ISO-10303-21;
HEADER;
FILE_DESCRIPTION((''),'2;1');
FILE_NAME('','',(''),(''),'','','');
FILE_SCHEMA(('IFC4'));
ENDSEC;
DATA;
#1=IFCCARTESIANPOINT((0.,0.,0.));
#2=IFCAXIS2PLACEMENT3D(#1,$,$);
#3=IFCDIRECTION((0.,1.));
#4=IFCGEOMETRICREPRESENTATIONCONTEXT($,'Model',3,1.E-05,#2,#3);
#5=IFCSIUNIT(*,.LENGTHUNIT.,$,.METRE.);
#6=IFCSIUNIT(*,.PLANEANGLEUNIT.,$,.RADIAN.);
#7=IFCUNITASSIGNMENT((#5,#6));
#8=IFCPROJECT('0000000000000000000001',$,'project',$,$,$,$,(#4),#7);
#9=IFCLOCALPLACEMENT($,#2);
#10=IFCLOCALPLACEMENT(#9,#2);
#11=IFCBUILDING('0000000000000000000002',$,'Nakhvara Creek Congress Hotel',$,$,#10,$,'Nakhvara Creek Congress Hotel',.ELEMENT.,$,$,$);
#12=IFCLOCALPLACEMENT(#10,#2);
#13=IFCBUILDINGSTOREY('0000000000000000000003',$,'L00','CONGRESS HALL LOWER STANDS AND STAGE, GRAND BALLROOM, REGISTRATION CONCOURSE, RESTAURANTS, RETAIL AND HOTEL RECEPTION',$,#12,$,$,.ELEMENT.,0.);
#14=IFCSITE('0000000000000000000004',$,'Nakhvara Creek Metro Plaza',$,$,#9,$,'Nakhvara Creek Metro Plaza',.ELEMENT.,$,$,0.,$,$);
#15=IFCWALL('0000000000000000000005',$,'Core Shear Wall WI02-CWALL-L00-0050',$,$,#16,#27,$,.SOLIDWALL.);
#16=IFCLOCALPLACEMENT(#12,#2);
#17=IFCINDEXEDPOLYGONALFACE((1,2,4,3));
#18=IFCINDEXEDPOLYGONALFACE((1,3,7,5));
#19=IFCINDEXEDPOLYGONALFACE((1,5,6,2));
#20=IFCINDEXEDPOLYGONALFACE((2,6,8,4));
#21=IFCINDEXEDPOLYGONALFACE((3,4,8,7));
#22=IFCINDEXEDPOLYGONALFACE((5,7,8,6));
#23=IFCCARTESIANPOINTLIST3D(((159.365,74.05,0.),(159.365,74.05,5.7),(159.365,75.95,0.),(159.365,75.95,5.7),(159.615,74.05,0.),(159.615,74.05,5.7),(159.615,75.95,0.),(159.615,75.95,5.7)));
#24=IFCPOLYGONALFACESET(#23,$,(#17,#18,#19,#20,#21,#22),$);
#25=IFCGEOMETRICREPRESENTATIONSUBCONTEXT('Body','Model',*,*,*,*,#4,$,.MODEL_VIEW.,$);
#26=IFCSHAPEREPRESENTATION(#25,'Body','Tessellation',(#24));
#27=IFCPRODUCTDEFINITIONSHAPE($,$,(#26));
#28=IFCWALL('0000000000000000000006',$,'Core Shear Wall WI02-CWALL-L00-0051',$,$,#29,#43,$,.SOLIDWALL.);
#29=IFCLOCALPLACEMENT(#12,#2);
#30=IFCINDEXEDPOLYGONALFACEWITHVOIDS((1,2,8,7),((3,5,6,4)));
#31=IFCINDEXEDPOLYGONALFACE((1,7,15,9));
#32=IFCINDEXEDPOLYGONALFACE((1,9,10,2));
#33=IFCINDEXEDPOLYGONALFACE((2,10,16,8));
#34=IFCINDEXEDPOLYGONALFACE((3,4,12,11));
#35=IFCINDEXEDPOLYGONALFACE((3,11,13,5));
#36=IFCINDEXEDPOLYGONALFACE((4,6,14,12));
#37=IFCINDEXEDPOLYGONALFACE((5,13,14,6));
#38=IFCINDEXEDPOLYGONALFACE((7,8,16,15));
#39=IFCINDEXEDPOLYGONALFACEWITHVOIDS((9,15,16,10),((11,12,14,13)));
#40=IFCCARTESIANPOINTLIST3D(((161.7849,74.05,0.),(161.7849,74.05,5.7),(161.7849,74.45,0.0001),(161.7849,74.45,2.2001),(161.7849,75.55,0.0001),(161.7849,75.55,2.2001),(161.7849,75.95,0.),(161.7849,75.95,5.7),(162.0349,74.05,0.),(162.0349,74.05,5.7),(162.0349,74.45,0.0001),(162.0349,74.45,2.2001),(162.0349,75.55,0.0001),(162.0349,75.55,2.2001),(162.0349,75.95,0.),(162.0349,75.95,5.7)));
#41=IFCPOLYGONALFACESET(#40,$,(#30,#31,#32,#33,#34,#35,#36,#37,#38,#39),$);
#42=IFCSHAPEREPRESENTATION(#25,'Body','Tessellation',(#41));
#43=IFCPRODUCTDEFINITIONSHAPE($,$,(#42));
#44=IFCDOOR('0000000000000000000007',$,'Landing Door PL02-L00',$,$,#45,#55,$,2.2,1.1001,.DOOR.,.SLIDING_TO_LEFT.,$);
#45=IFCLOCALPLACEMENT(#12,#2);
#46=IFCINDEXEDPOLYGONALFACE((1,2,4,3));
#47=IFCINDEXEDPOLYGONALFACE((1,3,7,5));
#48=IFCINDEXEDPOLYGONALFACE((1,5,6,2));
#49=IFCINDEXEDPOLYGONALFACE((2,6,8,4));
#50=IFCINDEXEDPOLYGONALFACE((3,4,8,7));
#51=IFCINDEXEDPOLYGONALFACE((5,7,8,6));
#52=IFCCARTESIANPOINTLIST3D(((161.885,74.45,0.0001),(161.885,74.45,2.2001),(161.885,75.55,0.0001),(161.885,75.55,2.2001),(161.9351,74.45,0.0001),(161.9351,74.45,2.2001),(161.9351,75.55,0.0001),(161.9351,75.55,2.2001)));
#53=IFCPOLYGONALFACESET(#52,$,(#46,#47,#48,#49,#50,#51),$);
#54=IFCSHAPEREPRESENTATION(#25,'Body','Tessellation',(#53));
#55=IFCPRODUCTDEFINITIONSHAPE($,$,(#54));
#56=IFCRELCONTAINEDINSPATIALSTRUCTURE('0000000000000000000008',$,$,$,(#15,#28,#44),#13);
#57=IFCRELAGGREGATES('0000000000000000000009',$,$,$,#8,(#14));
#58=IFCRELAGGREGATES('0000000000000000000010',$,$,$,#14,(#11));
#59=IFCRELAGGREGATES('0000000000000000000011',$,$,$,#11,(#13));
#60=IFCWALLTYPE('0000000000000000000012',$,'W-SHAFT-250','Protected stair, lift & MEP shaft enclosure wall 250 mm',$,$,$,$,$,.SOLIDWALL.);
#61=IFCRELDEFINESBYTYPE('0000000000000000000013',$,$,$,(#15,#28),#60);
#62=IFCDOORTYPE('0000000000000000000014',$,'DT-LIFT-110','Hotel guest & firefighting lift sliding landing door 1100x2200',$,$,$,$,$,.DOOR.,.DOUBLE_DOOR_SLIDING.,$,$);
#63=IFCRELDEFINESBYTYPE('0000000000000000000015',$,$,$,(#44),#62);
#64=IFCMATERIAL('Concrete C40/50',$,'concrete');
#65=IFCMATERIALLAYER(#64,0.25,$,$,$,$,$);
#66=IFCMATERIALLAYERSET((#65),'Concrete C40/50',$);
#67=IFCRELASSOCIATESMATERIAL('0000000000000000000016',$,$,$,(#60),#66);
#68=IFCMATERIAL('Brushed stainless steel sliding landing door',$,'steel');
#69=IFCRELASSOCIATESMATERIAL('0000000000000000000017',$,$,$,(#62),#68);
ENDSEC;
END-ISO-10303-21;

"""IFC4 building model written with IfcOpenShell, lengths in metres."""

from ifc_helpers import new_model, si_unit, direction, frame, frame_2d, origin, place, context, subcontext, project, spatial, rectangle, extrude, material, layer, layer_set, type_object, element, fill, save


model = new_model("IFC4")

# Units and contexts
model_context = context("Model", 3, precision=1e-05, world=origin(), true_north=direction((0.0, 1.0)))
body_context = subcontext(model_context, "Body", "Model", "MODEL_VIEW")
ifc_project = project(units=[si_unit("LENGTHUNIT", "METRE"), si_unit("PLANEANGLEUNIT", "RADIAN")], contexts=[model_context])

# Site, building, storey
site_placement = place(None, origin())
site = spatial("IfcSite", under=ifc_project, at=site_placement, Name="Nakhvara Creek Metro Plaza", LongName="Nakhvara Creek Metro Plaza", CompositionType="ELEMENT", RefElevation=0.0)
building_placement = place(site_placement, origin())
building = spatial("IfcBuilding", under=site, at=building_placement, Name="Nakhvara Creek Congress Hotel", LongName="Nakhvara Creek Congress Hotel", CompositionType="ELEMENT")
storey_placement = place(building_placement, origin())
storey = spatial("IfcBuildingStorey", under=building, at=storey_placement, Name="L00", Description="CONGRESS HALL LOWER STANDS AND STAGE, GRAND BALLROOM, REGISTRATION CONCOURSE, RESTAURANTS, RETAIL AND HOTEL RECEPTION", CompositionType="ELEMENT", Elevation=0.0)

# Shared definitions
ifc_material_1 = material(Name="Concrete C40/50", Category="concrete")

# Wall
ifc_layer_1 = layer(ifc_material_1, 0.25)
ifc_layer_set_1 = layer_set([ifc_layer_1], Name="Concrete C40/50")
wall_type_1 = type_object("IfcWallType", Name="W-SHAFT-250", Description="Protected stair, lift & MEP shaft enclosure wall 250 mm", PredefinedType="SOLIDWALL", material=ifc_layer_set_1)
wall_1_placement = place(storey_placement, frame((159.49, 74.05, 0.0), z_axis=(0.0, 0.0, 1.0), x_axis=(0.0, 1.0, 0.0)))
element("IfcWall", 1, at=wall_1_placement, inside=storey, type_object=wall_type_1, Name="Core Shear Wall WI02-CWALL-L00-0050", PredefinedType="SOLIDWALL", context=body_context, shape_type="SweptSolid", body=[
    extrude(rectangle(XDim=1.8999, YDim=0.25, at=frame_2d((0.95, 0.0))), origin(), (0.0, 0.0, 1.0), 5.7),
])

# Wall, opening, door
wall_2_placement = place(storey_placement, frame((161.9099, 74.05, 0.0), z_axis=(0.0, 0.0, 1.0), x_axis=(0.0, 1.0, 0.0)))
wall_2 = element("IfcWall", 2, at=wall_2_placement, inside=storey, type_object=wall_type_1, Name="Core Shear Wall WI02-CWALL-L00-0051", PredefinedType="SOLIDWALL", context=body_context, shape_type="SweptSolid", body=[
    extrude(rectangle(XDim=1.8999, YDim=0.25, at=frame_2d((0.95, 0.0))), origin(), (0.0, 0.0, 1.0), 5.7),
])
opening_1_placement = place(wall_2_placement, frame((0.3999, 0.0, 0.0)))
opening_1 = element("IfcOpeningElement", 3, at=opening_1_placement, cuts=wall_2, PredefinedType="OPENING", context=body_context, shape_type="SweptSolid", body=[
    extrude(rectangle(XDim=1.1001, YDim=2.2, at=frame_2d((0.55, 1.1001))), frame((0.0, 0.137, 0.0), z_axis=(0.0, -1.0, 0.0), x_axis=(1.0, 0.0, 0.0)), (0.0, 0.0, 1.0), 0.2739),
])
ifc_material_2 = material(Name="Brushed stainless steel sliding landing door", Category="steel")
door_type_1 = type_object("IfcDoorType", Name="DT-LIFT-110", Description="Hotel guest & firefighting lift sliding landing door 1100x2200", OperationType="DOUBLE_DOOR_SLIDING", PredefinedType="DOOR", material=ifc_material_2)
door_1_placement = place(opening_1_placement, origin())
door_1 = element("IfcDoor", 4, at=door_1_placement, inside=storey, type_object=door_type_1, Name="Landing Door PL02-L00", OperationType="SLIDING_TO_LEFT", OverallHeight=2.2, OverallWidth=1.1001, PredefinedType="DOOR", context=body_context, shape_type="SweptSolid", body=[
    extrude(rectangle(XDim=1.1001, YDim=2.2, at=frame_2d((0.55, 1.1001))), frame((0.0, 0.0249, 0.0), z_axis=(0.0, -1.0, 0.0), x_axis=(1.0, 0.0, 0.0)), (0.0, 0.0, 1.0), 0.05),
])
fill(opening_1, door_1)

save(model, "model.ifc")
